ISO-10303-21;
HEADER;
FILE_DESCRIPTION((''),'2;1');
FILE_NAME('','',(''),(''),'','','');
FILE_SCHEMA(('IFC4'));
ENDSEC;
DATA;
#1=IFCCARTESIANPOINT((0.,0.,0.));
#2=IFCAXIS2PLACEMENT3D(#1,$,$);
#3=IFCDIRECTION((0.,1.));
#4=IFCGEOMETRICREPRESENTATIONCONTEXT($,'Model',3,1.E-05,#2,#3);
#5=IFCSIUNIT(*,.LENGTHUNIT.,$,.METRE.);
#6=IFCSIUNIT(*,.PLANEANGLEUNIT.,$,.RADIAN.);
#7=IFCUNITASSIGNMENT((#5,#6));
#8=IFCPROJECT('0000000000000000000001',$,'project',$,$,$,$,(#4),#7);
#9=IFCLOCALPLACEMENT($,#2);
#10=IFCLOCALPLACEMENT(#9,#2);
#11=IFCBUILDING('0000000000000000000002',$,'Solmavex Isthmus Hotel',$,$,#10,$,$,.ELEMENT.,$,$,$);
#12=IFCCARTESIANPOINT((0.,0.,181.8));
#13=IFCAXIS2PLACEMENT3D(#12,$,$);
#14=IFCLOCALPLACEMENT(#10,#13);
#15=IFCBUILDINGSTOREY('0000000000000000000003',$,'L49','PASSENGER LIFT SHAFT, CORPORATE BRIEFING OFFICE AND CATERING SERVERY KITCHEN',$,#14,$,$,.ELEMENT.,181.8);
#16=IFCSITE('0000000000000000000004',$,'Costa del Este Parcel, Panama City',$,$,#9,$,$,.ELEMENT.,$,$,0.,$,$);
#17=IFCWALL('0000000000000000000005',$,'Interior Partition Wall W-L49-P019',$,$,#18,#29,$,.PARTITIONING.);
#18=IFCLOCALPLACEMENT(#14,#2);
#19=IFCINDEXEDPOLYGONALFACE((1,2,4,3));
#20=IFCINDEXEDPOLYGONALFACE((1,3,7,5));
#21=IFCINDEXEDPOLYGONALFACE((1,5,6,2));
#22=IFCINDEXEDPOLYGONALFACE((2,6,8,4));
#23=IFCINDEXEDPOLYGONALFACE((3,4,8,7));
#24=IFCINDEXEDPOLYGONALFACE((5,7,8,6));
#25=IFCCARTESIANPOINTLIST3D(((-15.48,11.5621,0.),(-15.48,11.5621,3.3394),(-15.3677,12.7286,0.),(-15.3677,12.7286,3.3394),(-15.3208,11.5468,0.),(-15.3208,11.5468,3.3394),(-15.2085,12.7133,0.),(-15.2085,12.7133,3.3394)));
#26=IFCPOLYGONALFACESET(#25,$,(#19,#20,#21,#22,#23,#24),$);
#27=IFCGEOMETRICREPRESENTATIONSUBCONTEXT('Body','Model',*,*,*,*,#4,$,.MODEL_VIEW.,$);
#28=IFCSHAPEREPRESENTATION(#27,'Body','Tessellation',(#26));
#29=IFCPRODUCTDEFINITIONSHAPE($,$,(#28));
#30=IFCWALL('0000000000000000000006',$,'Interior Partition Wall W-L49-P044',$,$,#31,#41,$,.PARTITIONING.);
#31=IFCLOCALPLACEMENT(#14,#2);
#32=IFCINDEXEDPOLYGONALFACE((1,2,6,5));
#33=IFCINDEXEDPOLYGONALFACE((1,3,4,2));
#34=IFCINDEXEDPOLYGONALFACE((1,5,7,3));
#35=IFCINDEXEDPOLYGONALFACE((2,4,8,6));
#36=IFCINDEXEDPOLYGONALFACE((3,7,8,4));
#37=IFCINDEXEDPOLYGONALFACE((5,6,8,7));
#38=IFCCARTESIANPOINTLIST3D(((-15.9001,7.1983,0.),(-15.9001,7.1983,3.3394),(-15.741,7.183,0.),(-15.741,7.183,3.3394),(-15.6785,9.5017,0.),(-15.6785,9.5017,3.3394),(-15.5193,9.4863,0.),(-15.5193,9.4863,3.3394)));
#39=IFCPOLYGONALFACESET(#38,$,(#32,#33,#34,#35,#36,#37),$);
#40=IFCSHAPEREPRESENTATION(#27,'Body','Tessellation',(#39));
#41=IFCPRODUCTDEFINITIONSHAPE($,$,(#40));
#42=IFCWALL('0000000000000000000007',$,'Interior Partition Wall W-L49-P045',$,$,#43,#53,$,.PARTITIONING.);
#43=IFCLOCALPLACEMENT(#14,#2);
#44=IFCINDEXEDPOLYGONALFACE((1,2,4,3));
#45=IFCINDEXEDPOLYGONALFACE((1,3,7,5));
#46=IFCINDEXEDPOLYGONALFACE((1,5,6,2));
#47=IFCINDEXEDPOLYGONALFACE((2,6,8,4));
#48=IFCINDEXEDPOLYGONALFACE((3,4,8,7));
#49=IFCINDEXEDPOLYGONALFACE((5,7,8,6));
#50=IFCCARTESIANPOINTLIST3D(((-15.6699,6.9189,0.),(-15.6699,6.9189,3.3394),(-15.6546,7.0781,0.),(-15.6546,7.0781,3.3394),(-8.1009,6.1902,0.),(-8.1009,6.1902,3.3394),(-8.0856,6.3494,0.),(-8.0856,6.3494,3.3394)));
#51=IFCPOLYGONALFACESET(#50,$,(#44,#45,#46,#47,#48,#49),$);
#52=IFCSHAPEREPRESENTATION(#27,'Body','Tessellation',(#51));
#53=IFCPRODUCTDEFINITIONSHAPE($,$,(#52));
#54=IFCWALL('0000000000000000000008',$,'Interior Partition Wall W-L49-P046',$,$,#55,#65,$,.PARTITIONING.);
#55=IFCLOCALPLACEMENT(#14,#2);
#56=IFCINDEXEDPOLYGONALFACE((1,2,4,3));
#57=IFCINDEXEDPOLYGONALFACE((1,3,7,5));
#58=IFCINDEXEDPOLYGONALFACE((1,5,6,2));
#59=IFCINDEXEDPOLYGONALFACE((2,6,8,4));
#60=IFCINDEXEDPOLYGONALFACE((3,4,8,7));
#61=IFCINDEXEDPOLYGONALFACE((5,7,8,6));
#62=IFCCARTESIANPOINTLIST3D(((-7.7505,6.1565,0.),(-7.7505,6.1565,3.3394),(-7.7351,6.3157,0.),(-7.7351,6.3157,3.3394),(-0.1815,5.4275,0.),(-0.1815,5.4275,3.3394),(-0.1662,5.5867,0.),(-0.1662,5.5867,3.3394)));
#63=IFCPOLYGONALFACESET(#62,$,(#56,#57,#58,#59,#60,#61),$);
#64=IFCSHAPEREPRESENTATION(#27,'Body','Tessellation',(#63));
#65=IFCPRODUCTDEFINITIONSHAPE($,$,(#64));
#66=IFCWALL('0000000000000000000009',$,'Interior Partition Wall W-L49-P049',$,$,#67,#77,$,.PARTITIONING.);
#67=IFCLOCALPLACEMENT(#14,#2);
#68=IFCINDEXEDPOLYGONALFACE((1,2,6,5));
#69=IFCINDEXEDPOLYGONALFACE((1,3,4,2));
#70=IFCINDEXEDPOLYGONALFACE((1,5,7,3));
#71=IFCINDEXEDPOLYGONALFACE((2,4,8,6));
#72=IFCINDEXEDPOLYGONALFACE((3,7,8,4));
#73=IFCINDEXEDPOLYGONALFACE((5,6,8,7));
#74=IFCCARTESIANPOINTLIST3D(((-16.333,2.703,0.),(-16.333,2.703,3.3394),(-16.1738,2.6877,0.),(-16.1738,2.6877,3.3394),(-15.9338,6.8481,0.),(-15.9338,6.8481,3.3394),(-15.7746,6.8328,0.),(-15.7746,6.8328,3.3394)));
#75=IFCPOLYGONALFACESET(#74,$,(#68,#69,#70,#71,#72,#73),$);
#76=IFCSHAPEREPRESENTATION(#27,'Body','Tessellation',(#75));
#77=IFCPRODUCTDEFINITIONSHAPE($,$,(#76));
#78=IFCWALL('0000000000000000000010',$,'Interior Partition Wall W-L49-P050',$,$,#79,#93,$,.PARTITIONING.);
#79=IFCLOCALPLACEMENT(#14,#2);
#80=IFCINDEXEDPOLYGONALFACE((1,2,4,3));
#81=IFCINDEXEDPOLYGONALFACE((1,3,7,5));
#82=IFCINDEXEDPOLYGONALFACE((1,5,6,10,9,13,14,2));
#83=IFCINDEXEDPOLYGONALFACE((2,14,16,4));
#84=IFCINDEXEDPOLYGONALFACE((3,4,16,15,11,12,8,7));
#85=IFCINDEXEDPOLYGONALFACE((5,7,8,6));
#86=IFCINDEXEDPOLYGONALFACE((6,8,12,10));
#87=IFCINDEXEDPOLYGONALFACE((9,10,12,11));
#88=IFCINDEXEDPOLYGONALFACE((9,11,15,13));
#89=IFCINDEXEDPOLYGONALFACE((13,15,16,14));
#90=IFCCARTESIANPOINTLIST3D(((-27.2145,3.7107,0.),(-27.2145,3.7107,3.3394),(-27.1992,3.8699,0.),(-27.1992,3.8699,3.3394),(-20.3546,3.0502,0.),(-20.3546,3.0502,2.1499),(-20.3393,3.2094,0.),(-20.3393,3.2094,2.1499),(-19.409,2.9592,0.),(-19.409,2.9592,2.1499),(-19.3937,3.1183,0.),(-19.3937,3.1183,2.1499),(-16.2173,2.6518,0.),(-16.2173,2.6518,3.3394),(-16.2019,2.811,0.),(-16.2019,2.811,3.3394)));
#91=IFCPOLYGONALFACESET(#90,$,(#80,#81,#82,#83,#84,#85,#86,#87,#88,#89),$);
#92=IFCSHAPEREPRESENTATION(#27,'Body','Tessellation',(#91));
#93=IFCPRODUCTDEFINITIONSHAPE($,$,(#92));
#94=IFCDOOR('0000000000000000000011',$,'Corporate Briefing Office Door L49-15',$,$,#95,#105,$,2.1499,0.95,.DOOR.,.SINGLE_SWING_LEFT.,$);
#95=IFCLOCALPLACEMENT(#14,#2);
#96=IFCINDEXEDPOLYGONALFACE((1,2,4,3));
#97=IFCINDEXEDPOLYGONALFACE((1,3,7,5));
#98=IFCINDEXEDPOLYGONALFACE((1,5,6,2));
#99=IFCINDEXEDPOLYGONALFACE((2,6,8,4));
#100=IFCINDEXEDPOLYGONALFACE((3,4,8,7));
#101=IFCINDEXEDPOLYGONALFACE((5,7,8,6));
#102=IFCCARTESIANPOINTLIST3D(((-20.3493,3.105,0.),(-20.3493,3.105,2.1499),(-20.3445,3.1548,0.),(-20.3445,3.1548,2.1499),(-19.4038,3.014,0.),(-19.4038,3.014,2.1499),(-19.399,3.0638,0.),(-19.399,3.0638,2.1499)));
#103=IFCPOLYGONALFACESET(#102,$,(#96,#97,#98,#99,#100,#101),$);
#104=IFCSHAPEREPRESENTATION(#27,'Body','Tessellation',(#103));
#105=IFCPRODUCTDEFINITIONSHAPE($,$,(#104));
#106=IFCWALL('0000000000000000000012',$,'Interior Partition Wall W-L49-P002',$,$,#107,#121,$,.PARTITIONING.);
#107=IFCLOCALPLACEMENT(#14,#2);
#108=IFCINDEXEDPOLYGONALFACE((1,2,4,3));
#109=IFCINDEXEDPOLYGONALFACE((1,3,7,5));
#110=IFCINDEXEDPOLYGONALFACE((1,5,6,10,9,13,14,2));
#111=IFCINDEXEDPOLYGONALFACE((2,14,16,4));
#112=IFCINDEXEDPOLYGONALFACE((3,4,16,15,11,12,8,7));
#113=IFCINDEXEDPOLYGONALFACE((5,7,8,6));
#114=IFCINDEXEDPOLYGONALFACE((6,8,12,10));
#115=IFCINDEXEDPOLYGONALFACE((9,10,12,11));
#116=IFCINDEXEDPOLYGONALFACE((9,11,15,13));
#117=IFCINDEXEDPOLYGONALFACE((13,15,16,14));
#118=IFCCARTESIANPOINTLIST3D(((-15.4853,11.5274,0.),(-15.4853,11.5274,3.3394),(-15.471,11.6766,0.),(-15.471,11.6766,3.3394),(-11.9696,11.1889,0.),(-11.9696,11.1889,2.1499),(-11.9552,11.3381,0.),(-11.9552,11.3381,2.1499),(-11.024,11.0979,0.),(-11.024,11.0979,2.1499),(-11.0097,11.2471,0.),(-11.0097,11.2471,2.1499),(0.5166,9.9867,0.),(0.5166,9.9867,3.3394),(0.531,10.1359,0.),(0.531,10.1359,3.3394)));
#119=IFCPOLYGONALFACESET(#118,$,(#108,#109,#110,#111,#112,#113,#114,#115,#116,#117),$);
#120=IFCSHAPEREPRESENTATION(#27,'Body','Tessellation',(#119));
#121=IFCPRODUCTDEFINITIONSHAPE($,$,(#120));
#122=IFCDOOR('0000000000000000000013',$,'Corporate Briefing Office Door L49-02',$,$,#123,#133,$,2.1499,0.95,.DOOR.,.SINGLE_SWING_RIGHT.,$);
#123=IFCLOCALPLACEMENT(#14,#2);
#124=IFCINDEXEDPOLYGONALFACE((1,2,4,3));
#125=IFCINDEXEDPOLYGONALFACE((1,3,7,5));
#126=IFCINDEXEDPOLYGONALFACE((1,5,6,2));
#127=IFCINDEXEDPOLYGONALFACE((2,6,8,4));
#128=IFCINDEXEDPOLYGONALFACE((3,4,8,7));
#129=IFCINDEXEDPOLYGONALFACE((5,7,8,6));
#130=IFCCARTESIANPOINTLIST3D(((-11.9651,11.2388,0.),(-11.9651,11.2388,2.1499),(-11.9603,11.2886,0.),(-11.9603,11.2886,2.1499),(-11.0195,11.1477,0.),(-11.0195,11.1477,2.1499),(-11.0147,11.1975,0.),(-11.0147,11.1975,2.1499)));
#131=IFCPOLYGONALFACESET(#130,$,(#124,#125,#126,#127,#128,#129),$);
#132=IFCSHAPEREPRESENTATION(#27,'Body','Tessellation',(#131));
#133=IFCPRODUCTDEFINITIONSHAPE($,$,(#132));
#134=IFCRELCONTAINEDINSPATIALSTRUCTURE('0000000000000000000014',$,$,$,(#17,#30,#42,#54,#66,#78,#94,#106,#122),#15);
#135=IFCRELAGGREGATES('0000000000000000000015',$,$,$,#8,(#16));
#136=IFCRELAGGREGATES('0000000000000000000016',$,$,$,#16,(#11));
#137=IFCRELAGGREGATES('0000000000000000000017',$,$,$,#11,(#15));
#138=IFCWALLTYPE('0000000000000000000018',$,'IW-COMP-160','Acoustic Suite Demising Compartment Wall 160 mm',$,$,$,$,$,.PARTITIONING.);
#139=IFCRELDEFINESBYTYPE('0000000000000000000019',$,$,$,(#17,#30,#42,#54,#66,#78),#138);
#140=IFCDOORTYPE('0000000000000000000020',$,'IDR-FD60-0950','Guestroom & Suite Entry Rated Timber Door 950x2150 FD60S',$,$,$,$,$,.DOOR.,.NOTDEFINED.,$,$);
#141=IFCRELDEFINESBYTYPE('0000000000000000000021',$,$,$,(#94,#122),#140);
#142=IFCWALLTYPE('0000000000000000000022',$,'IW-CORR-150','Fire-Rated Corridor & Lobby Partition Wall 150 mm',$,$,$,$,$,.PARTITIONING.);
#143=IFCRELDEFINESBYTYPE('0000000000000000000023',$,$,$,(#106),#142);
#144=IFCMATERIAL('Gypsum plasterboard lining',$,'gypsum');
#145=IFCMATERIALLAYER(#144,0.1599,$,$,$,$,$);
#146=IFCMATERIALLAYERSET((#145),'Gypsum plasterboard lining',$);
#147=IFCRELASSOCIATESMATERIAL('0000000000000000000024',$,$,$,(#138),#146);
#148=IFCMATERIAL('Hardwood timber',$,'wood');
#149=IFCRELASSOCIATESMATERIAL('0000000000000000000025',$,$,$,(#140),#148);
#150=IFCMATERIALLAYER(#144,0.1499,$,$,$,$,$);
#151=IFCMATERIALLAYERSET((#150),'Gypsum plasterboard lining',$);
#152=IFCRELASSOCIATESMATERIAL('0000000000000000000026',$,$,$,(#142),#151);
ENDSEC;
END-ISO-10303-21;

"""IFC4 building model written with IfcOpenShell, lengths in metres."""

from ifc_helpers import new_model, si_unit, direction, frame, frame_2d, origin, place, context, subcontext, project, spatial, rectangle, extrude, material, layer, layer_set, type_object, element, fill, save


model = new_model("IFC4")

# Units and contexts
model_context = context("Model", 3, precision=1e-05, world=origin(), true_north=direction((0.0, 1.0)))
body_context = subcontext(model_context, "Body", "Model", "MODEL_VIEW")
ifc_project = project(units=[si_unit("LENGTHUNIT", "METRE"), si_unit("PLANEANGLEUNIT", "RADIAN")], contexts=[model_context])

# Site, building, storey
site_placement = place(None, origin())
site = spatial("IfcSite", under=ifc_project, at=site_placement, Name="Costa del Este Parcel, Panama City", CompositionType="ELEMENT", RefElevation=0.0)
building_placement = place(site_placement, origin())
building = spatial("IfcBuilding", under=site, at=building_placement, Name="Solmavex Isthmus Hotel", CompositionType="ELEMENT")
storey_placement = place(building_placement, frame((0.0, 0.0, 181.8)))
storey = spatial("IfcBuildingStorey", under=building, at=storey_placement, Name="L49", Description="PASSENGER LIFT SHAFT, CORPORATE BRIEFING OFFICE AND CATERING SERVERY KITCHEN", CompositionType="ELEMENT", Elevation=181.8)

# Walls
ifc_material_1 = material(Name="Gypsum plasterboard lining", Category="gypsum")
ifc_layer_1 = layer(ifc_material_1, 0.1599)
ifc_layer_set_1 = layer_set([ifc_layer_1], Name="Gypsum plasterboard lining")
wall_type_1 = type_object("IfcWallType", Name="IW-COMP-160", Description="Acoustic Suite Demising Compartment Wall 160 mm", PredefinedType="PARTITIONING", material=ifc_layer_set_1)
wall_1_placement = place(storey_placement, frame((-15.2881, 12.7209, 0.0), z_axis=(0.0, 0.0, 1.0), x_axis=(-0.095831, -0.995398, 0.0)))
element("IfcWall", 1, at=wall_1_placement, inside=storey, type_object=wall_type_1, Name="Interior Partition Wall W-L49-P019", PredefinedType="PARTITIONING", context=body_context, shape_type="SweptSolid", body=[
    extrude(rectangle(XDim=1.1719, YDim=0.1599, at=frame_2d((0.5859, 0.0))), origin(), (0.0, 0.0, 1.0), 3.3394),
])
wall_2_placement = place(storey_placement, frame((-15.8206, 7.1907, 0.0), z_axis=(0.0, 0.0, 1.0), x_axis=(0.095805, 0.9954, 0.0)))
element("IfcWall", 2, at=wall_2_placement, inside=storey, type_object=wall_type_1, Name="Interior Partition Wall W-L49-P044", PredefinedType="PARTITIONING", context=body_context, shape_type="SweptSolid", body=[
    extrude(rectangle(XDim=2.314, YDim=0.1599, at=frame_2d((1.157, 0.0))), origin(), (0.0, 0.0, 1.0), 3.3394),
])
for number, where, z_axis, x_axis, name in (
    (3, (-8.0933, 6.2698, 0.0), (0.0, 0.0, 1.0), (-0.995397, 0.095838, 0.0), "Interior Partition Wall W-L49-P045"),
    (4, (-0.1738, 5.5071, 0.0), (0.0, 0.0, 1.0), (-0.995394, 0.09587, 0.0), "Interior Partition Wall W-L49-P046"),
):
    element("IfcWall", number, at=place(storey_placement, frame(where, z_axis=z_axis, x_axis=x_axis)), inside=storey, type_object=wall_type_1, Name=name, PredefinedType="PARTITIONING", context=body_context, shape_type="SweptSolid", body=[
        extrude(rectangle(XDim=7.604, YDim=0.1599, at=frame_2d((3.802, 0.0))), origin(), (0.0, 0.0, 1.0), 3.3394),
    ])
wall_3_placement = place(storey_placement, frame((-15.8542, 6.8403, 0.0), z_axis=(0.0, 0.0, 1.0), x_axis=(-0.095858, -0.995395, 0.0)))
element("IfcWall", 5, at=wall_3_placement, inside=storey, type_object=wall_type_1, Name="Interior Partition Wall W-L49-P049", PredefinedType="PARTITIONING", context=body_context, shape_type="SweptSolid", body=[
    extrude(rectangle(XDim=4.1643, YDim=0.1599, at=frame_2d((2.082, 0.0))), origin(), (0.0, 0.0, 1.0), 3.3394),
])

# Walls, openings, doors
wall_4_placement = place(storey_placement, frame((-16.2097, 2.7314, 0.0), z_axis=(0.0, 0.0, 1.0), x_axis=(-0.995397, 0.095838, 0.0)))
wall_4 = element("IfcWall", 6, at=wall_4_placement, inside=storey, type_object=wall_type_1, Name="Interior Partition Wall W-L49-P050", PredefinedType="PARTITIONING", context=body_context, shape_type="SweptSolid", body=[
    extrude(rectangle(XDim=11.0481, YDim=0.1599, at=frame_2d((5.5239, 0.0))), origin(), (0.0, 0.0, 1.0), 3.3394),
])
opening_1_placement = place(wall_4_placement, frame((3.2063, 0.0, 0.0)))
opening_1 = element("IfcOpeningElement", 7, at=opening_1_placement, cuts=wall_4, PredefinedType="OPENING", context=body_context, shape_type="SweptSolid", body=[
    extrude(rectangle(XDim=0.95, YDim=2.1499, at=frame_2d((0.4751, 1.075))), frame((0.0, 0.0898, 0.0), z_axis=(0.0, -1.0, 0.0), x_axis=(1.0, 0.0, 0.0)), (0.0, 0.0, 1.0), 0.1799),
])
ifc_material_2 = material(Name="Hardwood timber", Category="wood")
door_type = type_object("IfcDoorType", Name="IDR-FD60-0950", Description="Guestroom & Suite Entry Rated Timber Door 950x2150 FD60S", OperationType="NOTDEFINED", PredefinedType="DOOR", material=ifc_material_2)
door_1_placement = place(opening_1_placement, origin())
door_1 = element("IfcDoor", 8, at=door_1_placement, inside=storey, type_object=door_type, Name="Corporate Briefing Office Door L49-15", OperationType="SINGLE_SWING_LEFT", OverallHeight=2.1499, OverallWidth=0.95, PredefinedType="DOOR", context=body_context, shape_type="SweptSolid", body=[
    extrude(rectangle(XDim=0.95, YDim=2.1499, at=frame_2d((0.4751, 1.075))), frame((0.0, 0.0249, 0.0), z_axis=(0.0, -1.0, 0.0), x_axis=(1.0, 0.0, 0.0)), (0.0, 0.0, 1.0), 0.05),
])
fill(opening_1, door_1)
ifc_layer_2 = layer(ifc_material_1, 0.1499)
ifc_layer_set_2 = layer_set([ifc_layer_2], Name="Gypsum plasterboard lining")
wall_type_2 = type_object("IfcWallType", Name="IW-CORR-150", Description="Fire-Rated Corridor & Lobby Partition Wall 150 mm", PredefinedType="PARTITIONING", material=ifc_layer_set_2)
wall_5_placement = place(storey_placement, frame((-15.4783, 11.6021, 0.0), z_axis=(0.0, 0.0, 1.0), x_axis=(0.995396, -0.095843, 0.0)))
wall_5 = element("IfcWall", 9, at=wall_5_placement, inside=storey, type_object=wall_type_2, Name="Interior Partition Wall W-L49-P002", PredefinedType="PARTITIONING", context=body_context, shape_type="SweptSolid", body=[
    extrude(rectangle(XDim=16.0759, YDim=0.1499, at=frame_2d((8.0381, 0.0))), origin(), (0.0, 0.0, 1.0), 3.3394),
])
opening_2_placement = place(wall_5_placement, frame((3.532, 0.0, 0.0)))
opening_2 = element("IfcOpeningElement", 10, at=opening_2_placement, cuts=wall_5, PredefinedType="OPENING", context=body_context, shape_type="SweptSolid", body=[
    extrude(rectangle(XDim=0.95, YDim=2.1499, at=frame_2d((0.4751, 1.075))), frame((0.0, 0.085, 0.0), z_axis=(0.0, -1.0, 0.0), x_axis=(1.0, 0.0, 0.0)), (0.0, 0.0, 1.0), 0.1699),
])
door_2_placement = place(opening_2_placement, frame((0.95, 0.0, 0.0), z_axis=(0.0, 0.0, 1.0), x_axis=(-1.0, 0.0, 0.0)))
door_2 = element("IfcDoor", 11, at=door_2_placement, inside=storey, type_object=door_type, Name="Corporate Briefing Office Door L49-02", OperationType="SINGLE_SWING_RIGHT", OverallHeight=2.1499, OverallWidth=0.95, PredefinedType="DOOR", context=body_context, shape_type="SweptSolid", body=[
    extrude(rectangle(XDim=0.95, YDim=2.1499, at=frame_2d((0.4751, 1.075))), frame((0.0, 0.0249, 0.0), z_axis=(0.0, -1.0, 0.0), x_axis=(1.0, 0.0, 0.0)), (0.0, 0.0, 1.0), 0.05),
])
fill(opening_2, door_2)

save(model, "model.ifc")
